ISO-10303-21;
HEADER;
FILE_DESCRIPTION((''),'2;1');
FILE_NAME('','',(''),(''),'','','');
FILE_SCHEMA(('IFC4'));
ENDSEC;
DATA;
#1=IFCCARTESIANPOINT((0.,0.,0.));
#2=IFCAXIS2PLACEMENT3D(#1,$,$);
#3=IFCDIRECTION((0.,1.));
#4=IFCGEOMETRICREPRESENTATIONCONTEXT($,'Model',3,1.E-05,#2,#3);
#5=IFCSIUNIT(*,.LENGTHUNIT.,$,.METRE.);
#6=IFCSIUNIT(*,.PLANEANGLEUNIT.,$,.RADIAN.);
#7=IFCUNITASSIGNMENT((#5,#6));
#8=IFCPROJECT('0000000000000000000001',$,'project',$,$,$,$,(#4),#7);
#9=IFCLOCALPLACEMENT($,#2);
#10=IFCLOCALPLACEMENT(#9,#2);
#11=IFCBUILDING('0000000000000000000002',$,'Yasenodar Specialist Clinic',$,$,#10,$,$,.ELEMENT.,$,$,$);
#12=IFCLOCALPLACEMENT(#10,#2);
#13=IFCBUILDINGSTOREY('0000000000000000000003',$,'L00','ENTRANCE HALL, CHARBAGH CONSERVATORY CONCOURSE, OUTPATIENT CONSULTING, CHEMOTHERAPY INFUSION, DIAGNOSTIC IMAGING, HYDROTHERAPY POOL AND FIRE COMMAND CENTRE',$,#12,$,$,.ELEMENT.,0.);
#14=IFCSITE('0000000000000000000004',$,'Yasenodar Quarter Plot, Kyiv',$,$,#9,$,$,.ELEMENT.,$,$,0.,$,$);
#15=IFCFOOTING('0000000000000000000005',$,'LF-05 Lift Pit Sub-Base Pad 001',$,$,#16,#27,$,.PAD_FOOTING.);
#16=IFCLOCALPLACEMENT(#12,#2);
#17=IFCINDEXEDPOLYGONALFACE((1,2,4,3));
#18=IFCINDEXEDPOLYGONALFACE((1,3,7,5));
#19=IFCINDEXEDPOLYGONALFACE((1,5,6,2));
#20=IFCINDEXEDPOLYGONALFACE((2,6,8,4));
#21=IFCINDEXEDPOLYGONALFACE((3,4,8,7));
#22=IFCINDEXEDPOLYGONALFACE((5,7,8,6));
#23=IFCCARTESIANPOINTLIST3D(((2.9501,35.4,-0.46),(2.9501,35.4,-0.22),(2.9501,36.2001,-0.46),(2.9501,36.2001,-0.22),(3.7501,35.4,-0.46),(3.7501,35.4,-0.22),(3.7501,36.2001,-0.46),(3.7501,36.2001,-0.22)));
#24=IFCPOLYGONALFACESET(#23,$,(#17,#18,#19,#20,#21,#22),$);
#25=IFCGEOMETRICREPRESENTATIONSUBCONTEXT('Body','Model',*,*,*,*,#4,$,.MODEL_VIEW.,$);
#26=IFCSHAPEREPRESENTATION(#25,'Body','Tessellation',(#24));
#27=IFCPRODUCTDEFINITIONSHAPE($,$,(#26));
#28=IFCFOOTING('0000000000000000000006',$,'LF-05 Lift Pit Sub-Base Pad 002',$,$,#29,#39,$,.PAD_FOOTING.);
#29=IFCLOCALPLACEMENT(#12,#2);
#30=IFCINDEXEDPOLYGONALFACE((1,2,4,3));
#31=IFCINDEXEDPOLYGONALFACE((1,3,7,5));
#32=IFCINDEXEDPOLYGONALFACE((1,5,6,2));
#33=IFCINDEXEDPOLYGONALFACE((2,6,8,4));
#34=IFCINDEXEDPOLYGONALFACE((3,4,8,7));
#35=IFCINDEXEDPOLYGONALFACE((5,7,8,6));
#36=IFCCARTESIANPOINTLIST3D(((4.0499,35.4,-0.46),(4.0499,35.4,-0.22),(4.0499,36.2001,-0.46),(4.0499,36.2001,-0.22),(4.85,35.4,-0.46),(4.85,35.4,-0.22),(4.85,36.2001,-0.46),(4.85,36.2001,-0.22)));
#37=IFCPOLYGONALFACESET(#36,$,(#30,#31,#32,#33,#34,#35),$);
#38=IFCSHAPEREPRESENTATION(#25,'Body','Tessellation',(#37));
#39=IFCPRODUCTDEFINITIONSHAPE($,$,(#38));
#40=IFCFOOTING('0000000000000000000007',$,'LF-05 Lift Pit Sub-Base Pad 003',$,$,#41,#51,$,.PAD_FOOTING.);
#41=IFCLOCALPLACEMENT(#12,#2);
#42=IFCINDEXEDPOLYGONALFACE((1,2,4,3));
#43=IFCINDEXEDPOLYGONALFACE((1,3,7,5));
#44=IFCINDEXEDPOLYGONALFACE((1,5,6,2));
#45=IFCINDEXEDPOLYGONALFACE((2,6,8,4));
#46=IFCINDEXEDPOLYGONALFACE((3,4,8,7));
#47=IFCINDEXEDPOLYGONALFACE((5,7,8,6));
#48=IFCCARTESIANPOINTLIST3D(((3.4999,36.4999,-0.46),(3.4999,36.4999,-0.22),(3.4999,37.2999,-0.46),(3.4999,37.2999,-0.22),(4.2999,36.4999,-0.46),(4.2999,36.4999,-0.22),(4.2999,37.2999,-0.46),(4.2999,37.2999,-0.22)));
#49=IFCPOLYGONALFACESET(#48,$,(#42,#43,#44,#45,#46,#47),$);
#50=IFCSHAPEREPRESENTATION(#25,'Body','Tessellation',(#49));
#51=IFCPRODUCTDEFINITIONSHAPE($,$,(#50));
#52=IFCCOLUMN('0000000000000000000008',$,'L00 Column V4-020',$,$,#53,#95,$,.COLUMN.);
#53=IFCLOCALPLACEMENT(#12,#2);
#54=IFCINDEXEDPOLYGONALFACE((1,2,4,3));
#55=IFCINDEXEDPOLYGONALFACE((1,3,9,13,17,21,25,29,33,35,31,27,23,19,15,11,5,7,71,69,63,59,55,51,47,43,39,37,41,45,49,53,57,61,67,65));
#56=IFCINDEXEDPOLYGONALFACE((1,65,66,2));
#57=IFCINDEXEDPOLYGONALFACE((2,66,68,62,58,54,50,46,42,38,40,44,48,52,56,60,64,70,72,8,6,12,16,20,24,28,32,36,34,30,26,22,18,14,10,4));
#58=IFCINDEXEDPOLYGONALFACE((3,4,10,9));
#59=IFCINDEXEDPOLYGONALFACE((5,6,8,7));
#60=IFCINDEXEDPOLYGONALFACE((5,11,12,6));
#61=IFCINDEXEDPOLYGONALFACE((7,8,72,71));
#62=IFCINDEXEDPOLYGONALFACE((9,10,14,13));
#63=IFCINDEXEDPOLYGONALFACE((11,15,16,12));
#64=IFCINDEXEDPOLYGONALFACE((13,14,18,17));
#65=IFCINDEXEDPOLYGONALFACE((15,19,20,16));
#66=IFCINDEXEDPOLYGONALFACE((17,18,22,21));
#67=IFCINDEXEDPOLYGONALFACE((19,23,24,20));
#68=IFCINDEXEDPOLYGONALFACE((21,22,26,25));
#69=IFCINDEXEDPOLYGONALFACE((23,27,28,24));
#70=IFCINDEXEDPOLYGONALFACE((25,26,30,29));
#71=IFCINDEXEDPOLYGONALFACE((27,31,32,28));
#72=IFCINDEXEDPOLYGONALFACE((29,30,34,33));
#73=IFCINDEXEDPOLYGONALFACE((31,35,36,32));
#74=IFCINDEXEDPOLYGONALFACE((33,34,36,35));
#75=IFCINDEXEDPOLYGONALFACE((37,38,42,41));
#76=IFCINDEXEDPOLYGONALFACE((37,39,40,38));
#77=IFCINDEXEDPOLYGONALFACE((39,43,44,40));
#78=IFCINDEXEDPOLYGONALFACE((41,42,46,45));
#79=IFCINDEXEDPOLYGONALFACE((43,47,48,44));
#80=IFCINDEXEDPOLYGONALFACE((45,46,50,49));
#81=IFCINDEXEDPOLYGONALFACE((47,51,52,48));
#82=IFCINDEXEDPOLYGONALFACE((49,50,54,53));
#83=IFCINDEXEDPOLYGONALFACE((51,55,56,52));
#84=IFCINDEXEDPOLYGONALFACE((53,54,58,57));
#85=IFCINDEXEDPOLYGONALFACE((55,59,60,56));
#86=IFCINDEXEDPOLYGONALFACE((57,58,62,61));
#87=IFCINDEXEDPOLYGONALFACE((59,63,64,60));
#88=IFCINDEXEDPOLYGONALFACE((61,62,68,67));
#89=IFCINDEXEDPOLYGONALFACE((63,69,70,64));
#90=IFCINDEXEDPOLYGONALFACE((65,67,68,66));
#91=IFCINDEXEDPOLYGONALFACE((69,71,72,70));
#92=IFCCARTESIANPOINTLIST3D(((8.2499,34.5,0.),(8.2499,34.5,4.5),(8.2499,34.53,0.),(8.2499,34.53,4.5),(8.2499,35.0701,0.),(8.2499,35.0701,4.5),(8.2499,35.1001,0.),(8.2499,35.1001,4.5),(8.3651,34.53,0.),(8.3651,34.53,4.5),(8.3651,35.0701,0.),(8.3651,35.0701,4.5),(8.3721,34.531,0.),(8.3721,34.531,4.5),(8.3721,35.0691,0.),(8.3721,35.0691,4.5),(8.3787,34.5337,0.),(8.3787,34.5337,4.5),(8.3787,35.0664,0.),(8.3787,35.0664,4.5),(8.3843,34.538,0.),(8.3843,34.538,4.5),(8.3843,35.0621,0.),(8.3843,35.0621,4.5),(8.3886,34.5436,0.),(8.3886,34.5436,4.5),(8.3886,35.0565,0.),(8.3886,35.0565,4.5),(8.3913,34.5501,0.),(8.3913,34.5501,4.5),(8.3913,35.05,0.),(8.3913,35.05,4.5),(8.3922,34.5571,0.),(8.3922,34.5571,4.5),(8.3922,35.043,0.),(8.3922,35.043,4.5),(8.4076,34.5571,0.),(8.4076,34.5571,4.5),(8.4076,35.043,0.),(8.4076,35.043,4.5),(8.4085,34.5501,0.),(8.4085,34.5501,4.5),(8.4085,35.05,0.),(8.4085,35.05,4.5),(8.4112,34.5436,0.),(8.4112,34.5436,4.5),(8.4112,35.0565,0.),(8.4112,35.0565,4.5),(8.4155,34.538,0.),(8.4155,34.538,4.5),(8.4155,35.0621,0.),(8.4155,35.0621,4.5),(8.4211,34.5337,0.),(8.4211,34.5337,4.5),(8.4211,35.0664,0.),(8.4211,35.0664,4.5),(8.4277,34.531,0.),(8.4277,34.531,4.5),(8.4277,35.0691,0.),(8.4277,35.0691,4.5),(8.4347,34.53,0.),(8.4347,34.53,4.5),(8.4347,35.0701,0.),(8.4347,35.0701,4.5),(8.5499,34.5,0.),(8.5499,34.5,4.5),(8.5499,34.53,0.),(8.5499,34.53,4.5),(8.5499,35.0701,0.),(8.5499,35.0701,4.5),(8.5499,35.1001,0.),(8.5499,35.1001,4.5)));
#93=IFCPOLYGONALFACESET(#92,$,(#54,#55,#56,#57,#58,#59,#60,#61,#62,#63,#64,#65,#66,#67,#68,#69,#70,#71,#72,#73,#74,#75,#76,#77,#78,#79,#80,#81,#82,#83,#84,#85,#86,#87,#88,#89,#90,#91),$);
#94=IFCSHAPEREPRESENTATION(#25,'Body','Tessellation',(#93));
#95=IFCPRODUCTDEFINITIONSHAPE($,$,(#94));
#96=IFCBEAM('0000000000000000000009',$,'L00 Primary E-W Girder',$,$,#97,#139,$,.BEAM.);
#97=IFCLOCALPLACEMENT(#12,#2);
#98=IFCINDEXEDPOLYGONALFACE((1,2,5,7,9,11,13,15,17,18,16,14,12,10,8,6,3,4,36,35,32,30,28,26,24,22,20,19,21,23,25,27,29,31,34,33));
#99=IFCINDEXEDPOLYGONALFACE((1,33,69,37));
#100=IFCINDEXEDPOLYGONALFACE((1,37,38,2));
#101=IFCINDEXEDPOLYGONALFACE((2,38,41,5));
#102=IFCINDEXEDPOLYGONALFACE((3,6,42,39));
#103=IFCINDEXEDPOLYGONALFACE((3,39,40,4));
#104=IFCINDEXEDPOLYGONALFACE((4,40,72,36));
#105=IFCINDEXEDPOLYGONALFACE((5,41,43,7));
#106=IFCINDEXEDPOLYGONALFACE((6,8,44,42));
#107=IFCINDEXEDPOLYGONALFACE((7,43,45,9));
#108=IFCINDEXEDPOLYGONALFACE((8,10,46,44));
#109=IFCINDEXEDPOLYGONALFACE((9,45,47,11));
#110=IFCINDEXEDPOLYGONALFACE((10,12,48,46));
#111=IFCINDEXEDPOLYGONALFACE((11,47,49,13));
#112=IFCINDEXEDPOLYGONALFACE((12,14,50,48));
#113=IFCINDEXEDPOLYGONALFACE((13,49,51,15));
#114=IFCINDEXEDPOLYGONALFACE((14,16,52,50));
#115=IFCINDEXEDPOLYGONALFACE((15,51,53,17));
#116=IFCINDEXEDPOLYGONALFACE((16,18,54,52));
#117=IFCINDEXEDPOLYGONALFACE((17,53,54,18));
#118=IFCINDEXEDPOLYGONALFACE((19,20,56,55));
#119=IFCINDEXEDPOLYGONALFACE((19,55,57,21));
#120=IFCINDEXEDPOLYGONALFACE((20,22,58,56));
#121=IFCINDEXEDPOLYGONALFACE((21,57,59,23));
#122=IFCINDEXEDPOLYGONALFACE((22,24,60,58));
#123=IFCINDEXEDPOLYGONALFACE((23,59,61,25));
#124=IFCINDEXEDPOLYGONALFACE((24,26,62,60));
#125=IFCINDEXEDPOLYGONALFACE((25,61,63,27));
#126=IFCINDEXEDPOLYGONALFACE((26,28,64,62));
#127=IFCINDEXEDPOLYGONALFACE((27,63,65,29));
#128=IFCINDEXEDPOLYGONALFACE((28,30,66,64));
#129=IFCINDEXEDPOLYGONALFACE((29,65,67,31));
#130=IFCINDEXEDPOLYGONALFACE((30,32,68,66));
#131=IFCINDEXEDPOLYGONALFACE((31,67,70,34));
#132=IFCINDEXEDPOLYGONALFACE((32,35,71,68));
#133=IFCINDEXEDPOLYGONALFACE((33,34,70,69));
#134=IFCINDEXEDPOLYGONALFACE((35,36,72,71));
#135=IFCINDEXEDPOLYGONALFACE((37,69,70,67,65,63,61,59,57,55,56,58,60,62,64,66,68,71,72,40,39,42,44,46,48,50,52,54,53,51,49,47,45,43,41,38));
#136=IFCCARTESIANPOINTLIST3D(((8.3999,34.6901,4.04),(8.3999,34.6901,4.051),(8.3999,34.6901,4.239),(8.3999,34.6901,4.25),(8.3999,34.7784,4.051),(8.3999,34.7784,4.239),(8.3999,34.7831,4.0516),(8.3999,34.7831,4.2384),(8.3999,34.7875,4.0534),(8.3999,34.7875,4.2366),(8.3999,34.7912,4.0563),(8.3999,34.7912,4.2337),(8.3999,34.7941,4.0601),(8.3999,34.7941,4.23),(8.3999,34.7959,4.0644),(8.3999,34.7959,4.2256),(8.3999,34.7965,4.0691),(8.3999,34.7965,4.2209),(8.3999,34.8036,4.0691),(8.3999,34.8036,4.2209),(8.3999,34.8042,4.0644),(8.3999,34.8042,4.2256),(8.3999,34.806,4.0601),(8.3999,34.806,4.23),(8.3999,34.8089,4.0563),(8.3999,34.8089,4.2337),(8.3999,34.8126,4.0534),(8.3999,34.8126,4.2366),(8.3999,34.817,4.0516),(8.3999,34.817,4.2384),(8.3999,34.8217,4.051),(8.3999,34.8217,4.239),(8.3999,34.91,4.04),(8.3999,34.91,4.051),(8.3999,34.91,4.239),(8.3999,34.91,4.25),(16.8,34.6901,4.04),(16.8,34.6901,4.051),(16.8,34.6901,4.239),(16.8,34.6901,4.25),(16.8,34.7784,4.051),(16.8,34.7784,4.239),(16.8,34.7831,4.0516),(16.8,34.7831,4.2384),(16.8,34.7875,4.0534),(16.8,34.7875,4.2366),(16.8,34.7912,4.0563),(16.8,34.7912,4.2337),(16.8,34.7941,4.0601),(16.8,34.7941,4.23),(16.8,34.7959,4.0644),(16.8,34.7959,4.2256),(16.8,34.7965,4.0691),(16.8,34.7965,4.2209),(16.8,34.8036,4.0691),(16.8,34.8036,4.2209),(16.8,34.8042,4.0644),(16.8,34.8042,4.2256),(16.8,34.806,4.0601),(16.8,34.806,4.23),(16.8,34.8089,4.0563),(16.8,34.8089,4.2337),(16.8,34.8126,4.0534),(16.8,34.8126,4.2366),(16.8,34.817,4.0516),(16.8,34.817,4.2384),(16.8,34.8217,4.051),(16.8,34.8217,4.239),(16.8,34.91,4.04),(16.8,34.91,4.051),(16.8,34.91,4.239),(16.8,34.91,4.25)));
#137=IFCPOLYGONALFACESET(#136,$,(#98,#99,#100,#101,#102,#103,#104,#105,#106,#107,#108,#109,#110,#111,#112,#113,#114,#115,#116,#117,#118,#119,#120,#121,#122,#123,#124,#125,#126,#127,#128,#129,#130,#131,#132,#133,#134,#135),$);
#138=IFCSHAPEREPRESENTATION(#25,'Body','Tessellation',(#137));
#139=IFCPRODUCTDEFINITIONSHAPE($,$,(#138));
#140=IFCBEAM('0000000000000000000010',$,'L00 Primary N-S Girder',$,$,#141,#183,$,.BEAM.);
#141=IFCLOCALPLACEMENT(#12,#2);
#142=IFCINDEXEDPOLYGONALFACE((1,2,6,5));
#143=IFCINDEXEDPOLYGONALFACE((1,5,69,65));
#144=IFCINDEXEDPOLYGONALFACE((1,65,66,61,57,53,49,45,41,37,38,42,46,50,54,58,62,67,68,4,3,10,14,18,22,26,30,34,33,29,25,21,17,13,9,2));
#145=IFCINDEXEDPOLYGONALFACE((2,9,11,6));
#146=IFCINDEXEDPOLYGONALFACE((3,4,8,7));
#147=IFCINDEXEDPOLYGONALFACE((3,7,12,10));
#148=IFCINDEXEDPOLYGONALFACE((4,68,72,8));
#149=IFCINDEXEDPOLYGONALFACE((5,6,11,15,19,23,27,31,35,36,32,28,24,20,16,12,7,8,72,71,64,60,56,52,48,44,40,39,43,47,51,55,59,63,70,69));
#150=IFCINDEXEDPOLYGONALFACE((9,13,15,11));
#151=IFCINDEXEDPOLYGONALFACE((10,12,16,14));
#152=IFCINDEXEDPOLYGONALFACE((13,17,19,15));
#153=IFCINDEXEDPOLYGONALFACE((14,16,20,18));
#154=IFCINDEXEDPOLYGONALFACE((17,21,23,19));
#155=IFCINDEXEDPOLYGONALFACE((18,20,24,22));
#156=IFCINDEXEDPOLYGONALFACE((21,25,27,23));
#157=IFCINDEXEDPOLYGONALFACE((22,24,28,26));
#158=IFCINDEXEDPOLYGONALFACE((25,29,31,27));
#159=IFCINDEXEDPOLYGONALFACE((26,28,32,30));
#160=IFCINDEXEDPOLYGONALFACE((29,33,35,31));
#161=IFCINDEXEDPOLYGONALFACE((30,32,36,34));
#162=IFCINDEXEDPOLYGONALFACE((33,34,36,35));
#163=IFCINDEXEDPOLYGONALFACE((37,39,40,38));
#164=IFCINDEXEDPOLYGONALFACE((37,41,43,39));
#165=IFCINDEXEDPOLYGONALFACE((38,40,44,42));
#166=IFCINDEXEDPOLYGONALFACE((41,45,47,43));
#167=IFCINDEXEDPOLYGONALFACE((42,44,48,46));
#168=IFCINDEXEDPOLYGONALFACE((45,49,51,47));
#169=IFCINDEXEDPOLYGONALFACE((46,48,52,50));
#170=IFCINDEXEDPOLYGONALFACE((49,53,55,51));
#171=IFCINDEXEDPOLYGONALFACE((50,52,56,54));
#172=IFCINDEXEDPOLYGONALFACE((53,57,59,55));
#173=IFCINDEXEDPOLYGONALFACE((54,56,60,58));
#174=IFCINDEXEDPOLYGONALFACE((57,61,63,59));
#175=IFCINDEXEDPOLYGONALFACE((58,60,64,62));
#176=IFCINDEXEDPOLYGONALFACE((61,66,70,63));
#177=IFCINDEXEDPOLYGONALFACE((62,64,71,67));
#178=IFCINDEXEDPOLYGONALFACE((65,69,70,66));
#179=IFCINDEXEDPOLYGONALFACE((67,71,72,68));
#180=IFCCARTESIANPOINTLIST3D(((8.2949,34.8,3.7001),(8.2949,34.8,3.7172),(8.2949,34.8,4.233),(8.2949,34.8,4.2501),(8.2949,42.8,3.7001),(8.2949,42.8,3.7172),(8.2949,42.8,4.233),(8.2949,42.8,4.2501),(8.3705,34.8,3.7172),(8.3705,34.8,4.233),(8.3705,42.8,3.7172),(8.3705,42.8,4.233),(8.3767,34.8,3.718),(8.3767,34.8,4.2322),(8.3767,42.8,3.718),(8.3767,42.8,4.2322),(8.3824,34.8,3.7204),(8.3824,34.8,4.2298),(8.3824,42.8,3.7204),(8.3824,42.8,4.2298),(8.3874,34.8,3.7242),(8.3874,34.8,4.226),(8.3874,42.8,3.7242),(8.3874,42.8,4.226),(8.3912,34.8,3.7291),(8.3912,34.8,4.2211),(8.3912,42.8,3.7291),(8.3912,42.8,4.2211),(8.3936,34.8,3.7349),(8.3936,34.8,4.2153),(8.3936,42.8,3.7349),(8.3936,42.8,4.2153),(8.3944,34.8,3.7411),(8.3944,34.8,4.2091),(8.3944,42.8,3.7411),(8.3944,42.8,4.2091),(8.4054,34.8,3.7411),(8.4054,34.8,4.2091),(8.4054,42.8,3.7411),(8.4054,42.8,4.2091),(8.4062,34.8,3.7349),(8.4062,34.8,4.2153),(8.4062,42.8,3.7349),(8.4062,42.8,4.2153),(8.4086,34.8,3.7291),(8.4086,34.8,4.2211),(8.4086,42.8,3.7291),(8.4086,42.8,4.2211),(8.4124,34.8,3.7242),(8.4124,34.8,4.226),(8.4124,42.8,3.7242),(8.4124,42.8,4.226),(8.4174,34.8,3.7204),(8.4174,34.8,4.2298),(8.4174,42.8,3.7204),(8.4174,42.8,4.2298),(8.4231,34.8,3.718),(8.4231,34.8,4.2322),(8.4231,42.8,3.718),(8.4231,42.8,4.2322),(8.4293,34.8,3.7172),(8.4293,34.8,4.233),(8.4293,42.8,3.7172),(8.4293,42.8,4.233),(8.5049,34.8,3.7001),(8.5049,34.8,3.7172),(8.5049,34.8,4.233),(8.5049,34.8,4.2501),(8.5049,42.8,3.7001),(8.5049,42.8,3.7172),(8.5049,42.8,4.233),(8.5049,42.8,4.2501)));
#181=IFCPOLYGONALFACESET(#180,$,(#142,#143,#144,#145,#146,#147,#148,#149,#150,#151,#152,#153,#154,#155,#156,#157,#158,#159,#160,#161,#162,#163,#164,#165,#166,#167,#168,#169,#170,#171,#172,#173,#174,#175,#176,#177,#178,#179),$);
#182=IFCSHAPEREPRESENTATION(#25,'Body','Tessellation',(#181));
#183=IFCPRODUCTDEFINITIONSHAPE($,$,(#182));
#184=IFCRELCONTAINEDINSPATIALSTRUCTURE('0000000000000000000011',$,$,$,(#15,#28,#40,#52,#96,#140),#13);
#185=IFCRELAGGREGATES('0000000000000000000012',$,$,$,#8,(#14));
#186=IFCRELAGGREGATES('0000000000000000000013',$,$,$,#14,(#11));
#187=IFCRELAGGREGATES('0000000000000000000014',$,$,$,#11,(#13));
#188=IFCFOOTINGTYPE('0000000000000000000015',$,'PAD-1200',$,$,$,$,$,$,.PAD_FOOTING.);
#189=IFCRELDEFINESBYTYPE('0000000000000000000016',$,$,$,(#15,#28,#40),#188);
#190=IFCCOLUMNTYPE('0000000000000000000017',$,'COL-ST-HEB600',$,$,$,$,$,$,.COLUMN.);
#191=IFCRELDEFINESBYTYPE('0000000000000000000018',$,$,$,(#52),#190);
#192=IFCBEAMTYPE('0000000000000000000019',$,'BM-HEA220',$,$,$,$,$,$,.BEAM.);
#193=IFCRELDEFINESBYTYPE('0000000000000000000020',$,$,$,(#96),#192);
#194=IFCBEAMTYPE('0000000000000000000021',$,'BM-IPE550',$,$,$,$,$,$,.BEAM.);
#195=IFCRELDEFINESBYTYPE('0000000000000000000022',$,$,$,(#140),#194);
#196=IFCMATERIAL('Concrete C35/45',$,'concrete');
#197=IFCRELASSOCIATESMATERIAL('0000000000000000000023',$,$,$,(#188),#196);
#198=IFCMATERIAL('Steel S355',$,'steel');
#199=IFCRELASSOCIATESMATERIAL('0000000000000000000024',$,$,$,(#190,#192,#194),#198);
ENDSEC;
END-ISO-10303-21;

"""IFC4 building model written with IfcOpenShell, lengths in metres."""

from ifc_helpers import new_model, si_unit, direction, frame, origin, origin_2d, place, context, subcontext, project, spatial, rectangle, i_section, extrude, material, material_profile, profile_set, type_object, element, save


model = new_model("IFC4")

# Units and contexts
model_context = context("Model", 3, precision=1e-05, world=origin(), true_north=direction((0.0, 1.0)))
body_context = subcontext(model_context, "Body", "Model", "MODEL_VIEW")
ifc_project = project(units=[si_unit("LENGTHUNIT", "METRE"), si_unit("PLANEANGLEUNIT", "RADIAN")], contexts=[model_context])

# Site, building, storey
site_placement = place(None, origin())
site = spatial("IfcSite", under=ifc_project, at=site_placement, Name="Yasenodar Quarter Plot, Kyiv", CompositionType="ELEMENT", RefElevation=0.0)
building_placement = place(site_placement, origin())
building = spatial("IfcBuilding", under=site, at=building_placement, Name="Yasenodar Specialist Clinic", CompositionType="ELEMENT")
storey_placement = place(building_placement, origin())
storey = spatial("IfcBuildingStorey", under=building, at=storey_placement, Name="L00", Description="ENTRANCE HALL, CHARBAGH CONSERVATORY CONCOURSE, OUTPATIENT CONSULTING, CHEMOTHERAPY INFUSION, DIAGNOSTIC IMAGING, HYDROTHERAPY POOL AND FIRE COMMAND CENTRE", CompositionType="ELEMENT", Elevation=0.0)

# Footings
ifc_material_1 = material(Name="Concrete C35/45", Category="concrete")
footing_type = type_object("IfcFootingType", Name="PAD-1200", PredefinedType="PAD_FOOTING", material=ifc_material_1)
for number, where, z_axis, x_axis, name in (
    (1, (3.3501, 35.8, -0.46), (0.0, 0.0, 1.0), (1.0, 0.0, 0.0), "LF-05 Lift Pit Sub-Base Pad 001"),
    (2, (4.45, 35.8, -0.46), (0.0, 0.0, 1.0), (1.0, 0.0, 0.0), "LF-05 Lift Pit Sub-Base Pad 002"),
    (3, (3.8999, 36.8999, -0.46), (0.0, 0.0, 1.0), (1.0, 0.0, 0.0), "LF-05 Lift Pit Sub-Base Pad 003"),
):
    element("IfcFooting", number, at=place(storey_placement, frame(where, z_axis=z_axis, x_axis=x_axis)), inside=storey, type_object=footing_type, Name=name, PredefinedType="PAD_FOOTING", context=body_context, shape_type="SweptSolid", body=[
        extrude(rectangle(XDim=0.8, YDim=0.8, at=origin_2d()), origin(), (0.0, 0.0, 1.0), 0.24),
    ])

# Column
ifc_material_2 = material(Name="Steel S355", Category="steel")
ifc_material_profile_1 = material_profile(ifc_material_2, i_section(OverallWidth=0.3, OverallDepth=0.6001, WebThickness=0.0154, FlangeThickness=0.03, FilletRadius=0.0271, at=origin_2d()), Name="HEB 600")
ifc_profile_set_1 = profile_set([ifc_material_profile_1], Name="Steel S355")
column_type = type_object("IfcColumnType", Name="COL-ST-HEB600", PredefinedType="COLUMN", material=ifc_profile_set_1)
column_placement = place(storey_placement, frame((8.3999, 34.8, 0.0), z_axis=(0.0, 0.0, 1.0), x_axis=(1.0, 0.0, 0.0)))
element("IfcColumn", 4, at=column_placement, inside=storey, type_object=column_type, Name="L00 Column V4-020", PredefinedType="COLUMN", context=body_context, shape_type="SweptSolid", body=[
    extrude(i_section(OverallWidth=0.3, OverallDepth=0.6001, WebThickness=0.0154, FlangeThickness=0.03, FilletRadius=0.0271, at=origin_2d()), origin(), (0.0, 0.0, 1.0), 4.5),
])

# Beams
ifc_material_profile_2 = material_profile(ifc_material_2, i_section(OverallWidth=0.22, OverallDepth=0.21, WebThickness=0.0071, FlangeThickness=0.011, FilletRadius=0.0181, at=origin_2d()), Name="HEA 220")
ifc_profile_set_2 = profile_set([ifc_material_profile_2], Name="Steel S355")
beam_type_1 = type_object("IfcBeamType", Name="BM-HEA220", PredefinedType="BEAM", material=ifc_profile_set_2)
beam_1_placement = place(storey_placement, frame((8.3999, 34.8, 4.145), z_axis=(1.0, 0.0, 0.0), x_axis=(0.0, 1.0, 0.0)))
element("IfcBeam", 5, at=beam_1_placement, inside=storey, type_object=beam_type_1, Name="L00 Primary E-W Girder", PredefinedType="BEAM", context=body_context, shape_type="SweptSolid", body=[
    extrude(i_section(OverallWidth=0.22, OverallDepth=0.21, WebThickness=0.0071, FlangeThickness=0.011, FilletRadius=0.0181, at=origin_2d()), origin(), (0.0, 0.0, 1.0), 8.4001),
])
ifc_material_profile_3 = material_profile(ifc_material_2, i_section(OverallWidth=0.21, OverallDepth=0.55, WebThickness=0.011, FlangeThickness=0.0171, FilletRadius=0.0239, at=origin_2d()), Name="IPE 550")
ifc_profile_set_3 = profile_set([ifc_material_profile_3], Name="Steel S355")
beam_type_2 = type_object("IfcBeamType", Name="BM-IPE550", PredefinedType="BEAM", material=ifc_profile_set_3)
beam_2_placement = place(storey_placement, frame((8.3999, 34.8, 3.9751), z_axis=(0.0, 1.0, 0.0), x_axis=(-1.0, 0.0, 0.0)))
element("IfcBeam", 6, at=beam_2_placement, inside=storey, type_object=beam_type_2, Name="L00 Primary N-S Girder", PredefinedType="BEAM", context=body_context, shape_type="SweptSolid", body=[
    extrude(i_section(OverallWidth=0.21, OverallDepth=0.55, WebThickness=0.011, FlangeThickness=0.0171, FilletRadius=0.0239, at=origin_2d()), origin(), (0.0, 0.0, 1.0), 8.0),
])

save(model, "model.ifc")
